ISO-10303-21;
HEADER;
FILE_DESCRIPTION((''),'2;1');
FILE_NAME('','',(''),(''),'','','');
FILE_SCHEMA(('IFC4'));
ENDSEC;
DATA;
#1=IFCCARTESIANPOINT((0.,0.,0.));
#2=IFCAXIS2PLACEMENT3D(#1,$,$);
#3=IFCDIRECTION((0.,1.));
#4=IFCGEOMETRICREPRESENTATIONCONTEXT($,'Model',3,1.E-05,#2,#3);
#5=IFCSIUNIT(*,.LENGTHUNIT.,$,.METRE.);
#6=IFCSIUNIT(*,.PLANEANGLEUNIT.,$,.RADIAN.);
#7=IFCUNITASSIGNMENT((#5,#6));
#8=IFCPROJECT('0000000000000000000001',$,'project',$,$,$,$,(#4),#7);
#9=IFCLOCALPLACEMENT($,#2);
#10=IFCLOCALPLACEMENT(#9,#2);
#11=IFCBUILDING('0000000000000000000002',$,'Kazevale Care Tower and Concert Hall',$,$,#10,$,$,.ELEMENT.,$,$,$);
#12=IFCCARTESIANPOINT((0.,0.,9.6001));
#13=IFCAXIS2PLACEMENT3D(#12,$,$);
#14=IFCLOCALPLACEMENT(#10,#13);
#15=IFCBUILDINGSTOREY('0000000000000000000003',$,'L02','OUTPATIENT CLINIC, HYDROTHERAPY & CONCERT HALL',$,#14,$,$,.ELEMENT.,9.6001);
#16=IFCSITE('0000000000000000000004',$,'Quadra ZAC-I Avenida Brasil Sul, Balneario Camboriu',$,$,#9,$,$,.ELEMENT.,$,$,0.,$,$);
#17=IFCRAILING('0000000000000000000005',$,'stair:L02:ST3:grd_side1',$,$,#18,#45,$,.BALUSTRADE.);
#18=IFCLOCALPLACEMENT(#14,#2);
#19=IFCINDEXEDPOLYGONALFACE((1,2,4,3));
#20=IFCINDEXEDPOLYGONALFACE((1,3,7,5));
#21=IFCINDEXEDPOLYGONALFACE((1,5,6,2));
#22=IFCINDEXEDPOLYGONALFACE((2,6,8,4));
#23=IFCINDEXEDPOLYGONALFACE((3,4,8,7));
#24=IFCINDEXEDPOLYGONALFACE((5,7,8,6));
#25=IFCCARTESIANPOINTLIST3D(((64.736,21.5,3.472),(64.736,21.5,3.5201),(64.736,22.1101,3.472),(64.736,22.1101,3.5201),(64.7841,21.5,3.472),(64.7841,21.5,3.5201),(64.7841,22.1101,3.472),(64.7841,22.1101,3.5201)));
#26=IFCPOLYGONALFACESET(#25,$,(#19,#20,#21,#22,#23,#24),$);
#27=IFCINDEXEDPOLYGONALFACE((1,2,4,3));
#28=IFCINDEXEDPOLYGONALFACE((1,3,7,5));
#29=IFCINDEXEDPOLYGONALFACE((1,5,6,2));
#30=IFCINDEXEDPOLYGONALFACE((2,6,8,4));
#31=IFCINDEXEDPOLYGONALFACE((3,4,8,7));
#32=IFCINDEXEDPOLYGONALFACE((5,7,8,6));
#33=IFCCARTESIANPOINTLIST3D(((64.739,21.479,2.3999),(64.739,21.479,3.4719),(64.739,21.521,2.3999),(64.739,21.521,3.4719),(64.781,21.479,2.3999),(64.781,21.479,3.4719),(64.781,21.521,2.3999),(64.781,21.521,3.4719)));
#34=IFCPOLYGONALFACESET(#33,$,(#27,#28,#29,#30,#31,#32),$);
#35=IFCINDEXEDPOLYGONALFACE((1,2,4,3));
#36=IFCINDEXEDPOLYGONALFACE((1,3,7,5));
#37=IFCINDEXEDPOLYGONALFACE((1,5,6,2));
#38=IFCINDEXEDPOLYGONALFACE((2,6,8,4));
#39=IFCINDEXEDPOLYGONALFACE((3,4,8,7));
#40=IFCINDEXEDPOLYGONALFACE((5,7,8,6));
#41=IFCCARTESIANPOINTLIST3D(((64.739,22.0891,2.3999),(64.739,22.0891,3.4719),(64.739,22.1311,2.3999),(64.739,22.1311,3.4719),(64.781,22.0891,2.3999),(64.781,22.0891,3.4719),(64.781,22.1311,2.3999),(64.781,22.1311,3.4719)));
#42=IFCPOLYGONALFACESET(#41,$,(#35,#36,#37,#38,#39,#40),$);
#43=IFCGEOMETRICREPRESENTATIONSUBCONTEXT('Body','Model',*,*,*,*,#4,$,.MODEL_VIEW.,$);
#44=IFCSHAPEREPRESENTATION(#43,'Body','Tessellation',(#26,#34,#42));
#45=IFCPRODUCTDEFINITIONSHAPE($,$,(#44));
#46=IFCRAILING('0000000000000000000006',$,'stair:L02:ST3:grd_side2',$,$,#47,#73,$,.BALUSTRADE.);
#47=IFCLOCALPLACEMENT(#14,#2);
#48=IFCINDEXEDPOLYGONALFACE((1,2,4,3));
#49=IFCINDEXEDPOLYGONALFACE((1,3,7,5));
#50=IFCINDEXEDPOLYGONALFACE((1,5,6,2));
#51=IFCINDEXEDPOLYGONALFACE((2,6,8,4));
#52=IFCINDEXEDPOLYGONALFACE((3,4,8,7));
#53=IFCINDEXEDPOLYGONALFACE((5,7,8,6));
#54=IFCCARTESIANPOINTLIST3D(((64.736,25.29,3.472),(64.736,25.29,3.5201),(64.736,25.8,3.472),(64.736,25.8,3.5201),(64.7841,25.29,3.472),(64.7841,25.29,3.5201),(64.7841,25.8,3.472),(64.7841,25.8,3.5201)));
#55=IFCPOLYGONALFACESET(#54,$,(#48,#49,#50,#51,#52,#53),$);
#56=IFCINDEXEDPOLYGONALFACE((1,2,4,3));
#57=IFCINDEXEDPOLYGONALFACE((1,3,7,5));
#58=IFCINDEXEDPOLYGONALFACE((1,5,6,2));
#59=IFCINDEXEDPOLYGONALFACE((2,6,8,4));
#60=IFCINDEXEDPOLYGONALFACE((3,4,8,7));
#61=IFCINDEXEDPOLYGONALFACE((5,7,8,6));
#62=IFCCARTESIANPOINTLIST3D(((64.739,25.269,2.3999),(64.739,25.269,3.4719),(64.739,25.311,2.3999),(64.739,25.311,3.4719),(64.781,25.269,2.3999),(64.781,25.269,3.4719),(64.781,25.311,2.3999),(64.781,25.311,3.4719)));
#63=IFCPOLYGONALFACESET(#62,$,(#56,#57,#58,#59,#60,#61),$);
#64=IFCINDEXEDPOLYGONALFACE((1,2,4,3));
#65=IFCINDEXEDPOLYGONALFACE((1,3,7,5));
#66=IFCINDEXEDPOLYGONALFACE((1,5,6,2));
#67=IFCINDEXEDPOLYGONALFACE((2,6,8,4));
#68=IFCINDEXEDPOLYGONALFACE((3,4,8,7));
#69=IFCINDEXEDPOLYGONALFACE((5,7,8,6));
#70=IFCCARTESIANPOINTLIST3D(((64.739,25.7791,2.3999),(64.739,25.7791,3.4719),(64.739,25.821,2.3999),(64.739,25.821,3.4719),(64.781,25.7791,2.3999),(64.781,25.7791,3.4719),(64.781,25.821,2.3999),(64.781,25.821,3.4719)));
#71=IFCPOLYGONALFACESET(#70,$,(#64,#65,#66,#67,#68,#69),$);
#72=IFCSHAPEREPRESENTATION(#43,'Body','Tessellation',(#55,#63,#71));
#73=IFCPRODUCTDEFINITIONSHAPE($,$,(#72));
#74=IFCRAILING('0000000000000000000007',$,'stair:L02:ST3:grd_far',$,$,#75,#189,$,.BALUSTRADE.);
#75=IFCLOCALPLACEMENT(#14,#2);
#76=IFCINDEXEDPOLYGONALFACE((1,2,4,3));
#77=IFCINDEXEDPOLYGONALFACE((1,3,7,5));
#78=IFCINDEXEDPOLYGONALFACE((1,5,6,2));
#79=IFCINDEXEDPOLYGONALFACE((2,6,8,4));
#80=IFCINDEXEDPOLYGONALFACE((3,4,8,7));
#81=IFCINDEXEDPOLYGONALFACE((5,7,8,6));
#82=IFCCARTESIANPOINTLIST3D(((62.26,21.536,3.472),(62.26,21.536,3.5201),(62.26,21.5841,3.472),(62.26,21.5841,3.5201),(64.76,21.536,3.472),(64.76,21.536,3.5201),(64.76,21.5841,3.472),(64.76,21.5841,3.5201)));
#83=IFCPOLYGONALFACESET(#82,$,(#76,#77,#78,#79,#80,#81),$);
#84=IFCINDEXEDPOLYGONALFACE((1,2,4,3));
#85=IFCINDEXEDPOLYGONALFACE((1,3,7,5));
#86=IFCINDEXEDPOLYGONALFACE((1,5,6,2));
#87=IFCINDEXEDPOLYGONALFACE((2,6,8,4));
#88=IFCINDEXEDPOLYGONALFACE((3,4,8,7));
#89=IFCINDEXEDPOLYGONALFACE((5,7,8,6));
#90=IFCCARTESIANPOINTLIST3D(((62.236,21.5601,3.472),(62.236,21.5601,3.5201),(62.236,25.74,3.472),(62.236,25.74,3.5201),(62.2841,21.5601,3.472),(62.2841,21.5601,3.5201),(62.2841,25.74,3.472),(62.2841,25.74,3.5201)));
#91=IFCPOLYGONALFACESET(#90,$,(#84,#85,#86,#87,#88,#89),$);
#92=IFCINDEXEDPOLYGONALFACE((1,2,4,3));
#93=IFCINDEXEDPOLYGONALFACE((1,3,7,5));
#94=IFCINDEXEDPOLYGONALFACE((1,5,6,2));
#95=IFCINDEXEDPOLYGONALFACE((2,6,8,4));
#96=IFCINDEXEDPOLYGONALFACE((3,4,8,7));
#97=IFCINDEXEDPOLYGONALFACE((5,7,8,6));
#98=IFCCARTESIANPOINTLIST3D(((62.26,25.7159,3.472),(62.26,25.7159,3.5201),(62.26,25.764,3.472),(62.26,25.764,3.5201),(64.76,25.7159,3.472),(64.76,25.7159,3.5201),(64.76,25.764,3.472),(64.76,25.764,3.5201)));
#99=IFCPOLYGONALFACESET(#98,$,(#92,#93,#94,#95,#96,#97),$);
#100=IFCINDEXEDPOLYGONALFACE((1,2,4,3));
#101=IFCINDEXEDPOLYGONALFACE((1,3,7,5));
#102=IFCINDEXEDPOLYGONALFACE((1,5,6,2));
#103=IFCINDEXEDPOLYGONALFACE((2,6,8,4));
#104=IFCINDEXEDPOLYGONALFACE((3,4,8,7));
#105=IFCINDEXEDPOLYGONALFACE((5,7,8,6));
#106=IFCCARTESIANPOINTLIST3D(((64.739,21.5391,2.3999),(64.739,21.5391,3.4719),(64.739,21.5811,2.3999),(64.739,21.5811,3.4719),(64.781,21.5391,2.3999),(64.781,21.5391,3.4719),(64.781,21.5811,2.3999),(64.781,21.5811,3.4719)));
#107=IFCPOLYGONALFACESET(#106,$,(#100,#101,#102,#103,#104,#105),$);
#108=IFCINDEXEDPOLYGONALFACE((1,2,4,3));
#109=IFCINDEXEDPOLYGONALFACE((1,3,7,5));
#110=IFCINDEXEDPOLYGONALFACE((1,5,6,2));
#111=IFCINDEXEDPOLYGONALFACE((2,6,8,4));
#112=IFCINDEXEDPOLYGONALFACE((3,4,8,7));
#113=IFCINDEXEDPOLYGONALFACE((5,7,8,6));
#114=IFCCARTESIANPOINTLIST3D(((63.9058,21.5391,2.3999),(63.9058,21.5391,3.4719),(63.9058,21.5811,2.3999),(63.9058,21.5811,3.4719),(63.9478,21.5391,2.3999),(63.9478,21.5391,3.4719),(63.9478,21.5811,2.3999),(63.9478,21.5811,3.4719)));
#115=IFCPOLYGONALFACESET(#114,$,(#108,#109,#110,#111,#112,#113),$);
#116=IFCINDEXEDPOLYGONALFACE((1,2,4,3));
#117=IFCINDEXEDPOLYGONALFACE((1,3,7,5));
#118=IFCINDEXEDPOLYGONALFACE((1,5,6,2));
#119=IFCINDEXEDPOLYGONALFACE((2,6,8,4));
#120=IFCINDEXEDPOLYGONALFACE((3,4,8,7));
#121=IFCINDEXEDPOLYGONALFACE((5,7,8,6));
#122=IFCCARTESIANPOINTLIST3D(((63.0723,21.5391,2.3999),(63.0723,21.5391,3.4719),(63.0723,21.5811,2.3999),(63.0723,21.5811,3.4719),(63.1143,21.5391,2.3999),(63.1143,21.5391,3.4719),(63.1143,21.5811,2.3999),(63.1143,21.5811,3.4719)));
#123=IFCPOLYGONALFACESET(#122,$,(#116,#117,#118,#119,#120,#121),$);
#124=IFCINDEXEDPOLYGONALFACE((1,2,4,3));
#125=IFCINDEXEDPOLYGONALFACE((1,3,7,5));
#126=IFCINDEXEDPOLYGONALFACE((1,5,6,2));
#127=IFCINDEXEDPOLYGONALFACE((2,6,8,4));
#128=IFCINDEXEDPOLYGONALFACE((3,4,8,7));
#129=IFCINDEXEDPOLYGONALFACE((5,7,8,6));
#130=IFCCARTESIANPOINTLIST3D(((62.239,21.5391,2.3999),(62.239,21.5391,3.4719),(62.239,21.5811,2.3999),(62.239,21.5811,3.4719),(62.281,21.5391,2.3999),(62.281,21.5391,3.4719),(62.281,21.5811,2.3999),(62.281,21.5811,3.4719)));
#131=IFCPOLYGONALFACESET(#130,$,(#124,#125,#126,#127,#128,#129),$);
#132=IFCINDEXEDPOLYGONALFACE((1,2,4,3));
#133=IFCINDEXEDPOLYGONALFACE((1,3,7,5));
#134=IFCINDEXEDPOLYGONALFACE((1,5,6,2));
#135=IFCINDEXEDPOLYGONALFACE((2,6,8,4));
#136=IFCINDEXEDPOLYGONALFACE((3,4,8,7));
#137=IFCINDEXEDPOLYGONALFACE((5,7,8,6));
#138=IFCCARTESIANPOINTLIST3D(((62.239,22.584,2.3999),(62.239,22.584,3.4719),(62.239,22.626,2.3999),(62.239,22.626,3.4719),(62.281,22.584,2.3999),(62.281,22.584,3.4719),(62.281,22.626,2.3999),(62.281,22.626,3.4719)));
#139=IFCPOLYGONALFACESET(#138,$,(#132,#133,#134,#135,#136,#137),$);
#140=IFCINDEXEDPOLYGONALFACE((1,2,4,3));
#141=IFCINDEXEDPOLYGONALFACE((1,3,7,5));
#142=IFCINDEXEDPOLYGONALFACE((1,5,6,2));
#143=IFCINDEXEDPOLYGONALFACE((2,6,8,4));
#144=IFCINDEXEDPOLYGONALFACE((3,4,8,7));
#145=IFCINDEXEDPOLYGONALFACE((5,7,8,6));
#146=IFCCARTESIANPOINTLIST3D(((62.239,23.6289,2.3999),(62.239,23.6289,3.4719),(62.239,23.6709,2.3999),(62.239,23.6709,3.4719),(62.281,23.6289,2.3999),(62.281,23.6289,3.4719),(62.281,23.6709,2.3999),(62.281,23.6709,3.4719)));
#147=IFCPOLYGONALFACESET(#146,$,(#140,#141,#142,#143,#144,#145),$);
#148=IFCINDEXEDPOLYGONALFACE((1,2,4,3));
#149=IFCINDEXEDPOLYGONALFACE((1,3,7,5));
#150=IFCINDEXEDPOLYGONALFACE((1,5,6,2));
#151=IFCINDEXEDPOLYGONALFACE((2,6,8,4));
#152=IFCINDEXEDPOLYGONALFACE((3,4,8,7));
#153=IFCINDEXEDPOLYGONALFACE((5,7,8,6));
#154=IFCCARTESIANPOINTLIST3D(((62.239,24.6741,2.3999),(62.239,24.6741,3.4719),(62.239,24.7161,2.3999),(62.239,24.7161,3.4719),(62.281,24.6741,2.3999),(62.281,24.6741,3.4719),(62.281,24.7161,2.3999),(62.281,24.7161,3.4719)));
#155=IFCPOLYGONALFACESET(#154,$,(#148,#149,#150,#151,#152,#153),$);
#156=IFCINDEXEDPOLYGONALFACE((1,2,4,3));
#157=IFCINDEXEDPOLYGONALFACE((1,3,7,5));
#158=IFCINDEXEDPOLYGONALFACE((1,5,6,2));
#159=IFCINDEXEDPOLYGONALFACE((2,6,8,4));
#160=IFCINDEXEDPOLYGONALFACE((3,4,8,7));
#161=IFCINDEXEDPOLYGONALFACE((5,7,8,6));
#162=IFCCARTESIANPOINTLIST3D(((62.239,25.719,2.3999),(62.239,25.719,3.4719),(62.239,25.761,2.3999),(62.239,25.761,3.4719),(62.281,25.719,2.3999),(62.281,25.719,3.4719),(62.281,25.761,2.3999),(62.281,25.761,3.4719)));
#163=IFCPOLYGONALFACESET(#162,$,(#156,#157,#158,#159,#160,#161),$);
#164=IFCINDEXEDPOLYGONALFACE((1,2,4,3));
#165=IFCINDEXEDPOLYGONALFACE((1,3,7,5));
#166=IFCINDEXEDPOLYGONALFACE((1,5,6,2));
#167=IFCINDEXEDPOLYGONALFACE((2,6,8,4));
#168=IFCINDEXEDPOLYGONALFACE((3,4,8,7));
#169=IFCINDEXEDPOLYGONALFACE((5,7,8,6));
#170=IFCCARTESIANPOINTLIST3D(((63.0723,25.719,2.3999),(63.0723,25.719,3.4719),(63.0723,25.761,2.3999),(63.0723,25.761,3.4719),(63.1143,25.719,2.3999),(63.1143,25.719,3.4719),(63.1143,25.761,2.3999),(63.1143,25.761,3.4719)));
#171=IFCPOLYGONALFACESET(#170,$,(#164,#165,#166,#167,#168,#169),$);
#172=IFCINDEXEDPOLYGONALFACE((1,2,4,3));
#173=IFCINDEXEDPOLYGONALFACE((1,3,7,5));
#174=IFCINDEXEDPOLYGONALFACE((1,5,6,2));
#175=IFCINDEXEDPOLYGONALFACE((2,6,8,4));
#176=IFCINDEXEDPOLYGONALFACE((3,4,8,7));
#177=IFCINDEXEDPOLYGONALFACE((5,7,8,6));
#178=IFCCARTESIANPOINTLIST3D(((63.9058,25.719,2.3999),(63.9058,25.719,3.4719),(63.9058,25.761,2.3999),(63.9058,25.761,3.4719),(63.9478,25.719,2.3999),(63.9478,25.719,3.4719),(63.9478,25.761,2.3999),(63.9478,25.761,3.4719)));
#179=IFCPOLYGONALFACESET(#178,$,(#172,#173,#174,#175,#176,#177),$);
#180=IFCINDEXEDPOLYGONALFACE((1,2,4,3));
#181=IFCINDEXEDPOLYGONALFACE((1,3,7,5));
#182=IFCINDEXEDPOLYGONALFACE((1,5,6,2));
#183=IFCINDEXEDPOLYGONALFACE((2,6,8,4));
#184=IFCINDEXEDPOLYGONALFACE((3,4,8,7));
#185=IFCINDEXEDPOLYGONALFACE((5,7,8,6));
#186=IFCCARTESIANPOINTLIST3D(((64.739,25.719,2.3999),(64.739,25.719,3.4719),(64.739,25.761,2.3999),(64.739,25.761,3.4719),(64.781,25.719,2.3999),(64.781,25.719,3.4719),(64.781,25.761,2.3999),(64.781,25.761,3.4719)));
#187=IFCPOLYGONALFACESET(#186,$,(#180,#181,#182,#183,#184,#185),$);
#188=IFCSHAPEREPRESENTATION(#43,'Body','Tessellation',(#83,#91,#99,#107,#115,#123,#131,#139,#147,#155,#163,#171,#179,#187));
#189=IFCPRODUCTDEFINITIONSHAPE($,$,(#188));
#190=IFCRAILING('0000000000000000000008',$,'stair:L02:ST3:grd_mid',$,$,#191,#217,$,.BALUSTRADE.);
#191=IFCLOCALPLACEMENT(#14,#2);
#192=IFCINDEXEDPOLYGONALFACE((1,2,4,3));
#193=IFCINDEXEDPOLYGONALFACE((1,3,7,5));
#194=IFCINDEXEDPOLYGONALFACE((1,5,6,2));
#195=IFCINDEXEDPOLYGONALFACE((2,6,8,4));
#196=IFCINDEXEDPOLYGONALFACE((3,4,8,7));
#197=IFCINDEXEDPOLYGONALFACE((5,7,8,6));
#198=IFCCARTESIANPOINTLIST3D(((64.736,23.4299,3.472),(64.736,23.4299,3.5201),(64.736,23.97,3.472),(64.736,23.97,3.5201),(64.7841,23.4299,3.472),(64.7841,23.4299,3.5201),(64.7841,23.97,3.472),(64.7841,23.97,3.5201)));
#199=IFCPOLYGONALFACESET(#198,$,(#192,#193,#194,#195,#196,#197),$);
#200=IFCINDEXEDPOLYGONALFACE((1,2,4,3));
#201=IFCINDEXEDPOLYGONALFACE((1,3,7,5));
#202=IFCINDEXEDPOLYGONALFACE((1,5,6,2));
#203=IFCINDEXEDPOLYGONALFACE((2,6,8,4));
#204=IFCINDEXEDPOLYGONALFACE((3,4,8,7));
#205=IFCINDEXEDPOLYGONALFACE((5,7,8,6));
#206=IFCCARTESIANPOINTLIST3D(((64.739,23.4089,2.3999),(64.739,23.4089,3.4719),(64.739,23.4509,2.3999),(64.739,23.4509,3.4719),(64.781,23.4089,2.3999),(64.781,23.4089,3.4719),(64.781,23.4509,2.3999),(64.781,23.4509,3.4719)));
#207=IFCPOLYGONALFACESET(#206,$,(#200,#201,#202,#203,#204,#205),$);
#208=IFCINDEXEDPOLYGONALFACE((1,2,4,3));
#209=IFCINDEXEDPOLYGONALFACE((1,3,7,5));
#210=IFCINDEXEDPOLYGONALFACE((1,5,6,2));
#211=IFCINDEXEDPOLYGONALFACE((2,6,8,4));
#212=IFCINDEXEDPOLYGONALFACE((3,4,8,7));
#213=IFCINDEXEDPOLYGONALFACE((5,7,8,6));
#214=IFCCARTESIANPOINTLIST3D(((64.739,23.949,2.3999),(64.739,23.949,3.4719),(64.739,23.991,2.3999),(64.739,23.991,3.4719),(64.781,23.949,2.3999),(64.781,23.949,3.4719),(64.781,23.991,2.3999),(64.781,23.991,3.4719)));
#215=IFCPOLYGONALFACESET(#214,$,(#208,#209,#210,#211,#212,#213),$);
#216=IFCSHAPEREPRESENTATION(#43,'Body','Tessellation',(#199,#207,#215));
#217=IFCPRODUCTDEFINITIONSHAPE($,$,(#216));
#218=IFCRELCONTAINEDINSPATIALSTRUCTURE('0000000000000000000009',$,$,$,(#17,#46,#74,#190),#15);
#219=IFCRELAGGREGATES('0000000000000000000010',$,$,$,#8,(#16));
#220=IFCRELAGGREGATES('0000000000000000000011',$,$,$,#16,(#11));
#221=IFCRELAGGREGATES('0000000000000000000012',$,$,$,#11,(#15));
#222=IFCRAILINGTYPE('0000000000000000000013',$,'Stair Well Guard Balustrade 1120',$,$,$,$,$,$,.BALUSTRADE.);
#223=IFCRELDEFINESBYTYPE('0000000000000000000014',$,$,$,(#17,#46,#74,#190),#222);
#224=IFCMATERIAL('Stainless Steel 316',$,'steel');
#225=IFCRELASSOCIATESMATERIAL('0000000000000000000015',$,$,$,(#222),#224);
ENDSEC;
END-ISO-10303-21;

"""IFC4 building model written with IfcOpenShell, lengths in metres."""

from ifc_helpers import new_model, si_unit, direction, frame, origin, origin_2d, place, context, subcontext, project, spatial, rectangle, extrude, material, type_object, element, save


model = new_model("IFC4")

# Units and contexts
model_context = context("Model", 3, precision=1e-05, world=origin(), true_north=direction((0.0, 1.0)))
body_context = subcontext(model_context, "Body", "Model", "MODEL_VIEW")
ifc_project = project(units=[si_unit("LENGTHUNIT", "METRE"), si_unit("PLANEANGLEUNIT", "RADIAN")], contexts=[model_context])

# Site, building, storey
site_placement = place(None, origin())
site = spatial("IfcSite", under=ifc_project, at=site_placement, Name="Quadra ZAC-I Avenida Brasil Sul, Balneario Camboriu", CompositionType="ELEMENT", RefElevation=0.0)
building_placement = place(site_placement, origin())
building = spatial("IfcBuilding", under=site, at=building_placement, Name="Kazevale Care Tower and Concert Hall", CompositionType="ELEMENT")
storey_placement = place(building_placement, frame((0.0, 0.0, 9.6001)))
storey = spatial("IfcBuildingStorey", under=building, at=storey_placement, Name="L02", Description="OUTPATIENT CLINIC, HYDROTHERAPY & CONCERT HALL", CompositionType="ELEMENT", Elevation=9.6001)

# Railings
ifc_material_1 = material(Name="Stainless Steel 316", Category="steel")
railing_type_1 = type_object("IfcRailingType", Name="Stair Well Guard Balustrade 1120", PredefinedType="BALUSTRADE", material=ifc_material_1)
railing_1_placement = place(storey_placement, frame((64.76, 21.5, 2.3999)))
element("IfcRailing", 1, at=railing_1_placement, inside=storey, type_object=railing_type_1, Name="stair:L02:ST3:grd_side1", PredefinedType="BALUSTRADE", context=body_context, shape_type="SweptSolid", body=[
    extrude(rectangle(XDim=0.0481, YDim=0.0481, at=origin_2d()), frame((0.0, 0.0, 1.0962), z_axis=(0.0, 1.0, 0.0), x_axis=(-1.0, 0.0, 0.0)), (0.0, 0.0, 1.0), 0.6101),
    extrude(rectangle(XDim=0.042, YDim=0.042, at=origin_2d()), origin(), (0.0, 0.0, 1.0), 1.072),
    extrude(rectangle(XDim=0.042, YDim=0.042, at=origin_2d()), frame((0.0, 0.6101, 0.0)), (0.0, 0.0, 1.0), 1.072),
])
railing_2_placement = place(storey_placement, frame((64.76, 25.29, 2.3999)))
element("IfcRailing", 2, at=railing_2_placement, inside=storey, type_object=railing_type_1, Name="stair:L02:ST3:grd_side2", PredefinedType="BALUSTRADE", context=body_context, shape_type="SweptSolid", body=[
    extrude(rectangle(XDim=0.0481, YDim=0.0481, at=origin_2d()), frame((0.0, 0.0, 1.0962), z_axis=(0.0, 1.0, 0.0), x_axis=(-1.0, 0.0, 0.0)), (0.0, 0.0, 1.0), 0.51),
    extrude(rectangle(XDim=0.042, YDim=0.042, at=origin_2d()), origin(), (0.0, 0.0, 1.0), 1.072),
    extrude(rectangle(XDim=0.042, YDim=0.042, at=origin_2d()), frame((0.0, 0.51, 0.0)), (0.0, 0.0, 1.0), 1.072),
])
railing_3_placement = place(storey_placement, frame((64.76, 21.5601, 2.3999)))
element("IfcRailing", 3, at=railing_3_placement, inside=storey, type_object=railing_type_1, Name="stair:L02:ST3:grd_far", PredefinedType="BALUSTRADE", context=body_context, shape_type="SweptSolid", body=[
    extrude(rectangle(XDim=0.0481, YDim=0.0481, at=origin_2d()), frame((0.0, 0.0, 1.0962), z_axis=(-1.0, 0.0, 0.0), x_axis=(0.0, -1.0, 0.0)), (0.0, 0.0, 1.0), 2.5),
    extrude(rectangle(XDim=0.0481, YDim=0.0481, at=origin_2d()), frame((-2.5, 0.0, 1.0962), z_axis=(0.0, 1.0, 0.0), x_axis=(-1.0, 0.0, 0.0)), (0.0, 0.0, 1.0), 4.1799),
    extrude(rectangle(XDim=0.0481, YDim=0.0481, at=origin_2d()), frame((-2.5, 4.1799, 1.0962), z_axis=(1.0, 0.0, 0.0), x_axis=(0.0, 1.0, 0.0)), (0.0, 0.0, 1.0), 2.5),
    extrude(rectangle(XDim=0.042, YDim=0.042, at=origin_2d()), origin(), (0.0, 0.0, 1.0), 1.072),
    extrude(rectangle(XDim=0.042, YDim=0.042, at=origin_2d()), frame((-0.8333, 0.0, 0.0)), (0.0, 0.0, 1.0), 1.072),
    extrude(rectangle(XDim=0.042, YDim=0.042, at=origin_2d()), frame((-1.6667, 0.0, 0.0)), (0.0, 0.0, 1.0), 1.072),
    extrude(rectangle(XDim=0.042, YDim=0.042, at=origin_2d()), frame((-2.5, 0.0, 0.0)), (0.0, 0.0, 1.0), 1.072),
    extrude(rectangle(XDim=0.042, YDim=0.042, at=origin_2d()), frame((-2.5, 1.0449, 0.0)), (0.0, 0.0, 1.0), 1.072),
    extrude(rectangle(XDim=0.042, YDim=0.042, at=origin_2d()), frame((-2.5, 2.0898, 0.0)), (0.0, 0.0, 1.0), 1.072),
    extrude(rectangle(XDim=0.042, YDim=0.042, at=origin_2d()), frame((-2.5, 3.135, 0.0)), (0.0, 0.0, 1.0), 1.072),
    extrude(rectangle(XDim=0.042, YDim=0.042, at=origin_2d()), frame((-2.5, 4.1799, 0.0)), (0.0, 0.0, 1.0), 1.072),
    extrude(rectangle(XDim=0.042, YDim=0.042, at=origin_2d()), frame((-1.6667, 4.1799, 0.0)), (0.0, 0.0, 1.0), 1.072),
    extrude(rectangle(XDim=0.042, YDim=0.042, at=origin_2d()), frame((-0.8333, 4.1799, 0.0)), (0.0, 0.0, 1.0), 1.072),
    extrude(rectangle(XDim=0.042, YDim=0.042, at=origin_2d()), frame((0.0, 4.1799, 0.0)), (0.0, 0.0, 1.0), 1.072),
])
for number, where, name in (
    (4, (64.76, 23.4299, 2.3999), "stair:L02:ST3:grd_mid"),
):
    element("IfcRailing", number, at=place(storey_placement, frame(where)), inside=storey, type_object=railing_type_1, Name=name, PredefinedType="BALUSTRADE", context=body_context, shape_type="SweptSolid", body=[
        extrude(rectangle(XDim=0.0481, YDim=0.0481, at=origin_2d()), frame((0.0, 0.0, 1.0962), z_axis=(0.0, 1.0, 0.0), x_axis=(-1.0, 0.0, 0.0)), (0.0, 0.0, 1.0), 0.54),
        extrude(rectangle(XDim=0.042, YDim=0.042, at=origin_2d()), origin(), (0.0, 0.0, 1.0), 1.072),
        extrude(rectangle(XDim=0.042, YDim=0.042, at=origin_2d()), frame((0.0, 0.54, 0.0)), (0.0, 0.0, 1.0), 1.072),
    ])

save(model, "model.ifc")
